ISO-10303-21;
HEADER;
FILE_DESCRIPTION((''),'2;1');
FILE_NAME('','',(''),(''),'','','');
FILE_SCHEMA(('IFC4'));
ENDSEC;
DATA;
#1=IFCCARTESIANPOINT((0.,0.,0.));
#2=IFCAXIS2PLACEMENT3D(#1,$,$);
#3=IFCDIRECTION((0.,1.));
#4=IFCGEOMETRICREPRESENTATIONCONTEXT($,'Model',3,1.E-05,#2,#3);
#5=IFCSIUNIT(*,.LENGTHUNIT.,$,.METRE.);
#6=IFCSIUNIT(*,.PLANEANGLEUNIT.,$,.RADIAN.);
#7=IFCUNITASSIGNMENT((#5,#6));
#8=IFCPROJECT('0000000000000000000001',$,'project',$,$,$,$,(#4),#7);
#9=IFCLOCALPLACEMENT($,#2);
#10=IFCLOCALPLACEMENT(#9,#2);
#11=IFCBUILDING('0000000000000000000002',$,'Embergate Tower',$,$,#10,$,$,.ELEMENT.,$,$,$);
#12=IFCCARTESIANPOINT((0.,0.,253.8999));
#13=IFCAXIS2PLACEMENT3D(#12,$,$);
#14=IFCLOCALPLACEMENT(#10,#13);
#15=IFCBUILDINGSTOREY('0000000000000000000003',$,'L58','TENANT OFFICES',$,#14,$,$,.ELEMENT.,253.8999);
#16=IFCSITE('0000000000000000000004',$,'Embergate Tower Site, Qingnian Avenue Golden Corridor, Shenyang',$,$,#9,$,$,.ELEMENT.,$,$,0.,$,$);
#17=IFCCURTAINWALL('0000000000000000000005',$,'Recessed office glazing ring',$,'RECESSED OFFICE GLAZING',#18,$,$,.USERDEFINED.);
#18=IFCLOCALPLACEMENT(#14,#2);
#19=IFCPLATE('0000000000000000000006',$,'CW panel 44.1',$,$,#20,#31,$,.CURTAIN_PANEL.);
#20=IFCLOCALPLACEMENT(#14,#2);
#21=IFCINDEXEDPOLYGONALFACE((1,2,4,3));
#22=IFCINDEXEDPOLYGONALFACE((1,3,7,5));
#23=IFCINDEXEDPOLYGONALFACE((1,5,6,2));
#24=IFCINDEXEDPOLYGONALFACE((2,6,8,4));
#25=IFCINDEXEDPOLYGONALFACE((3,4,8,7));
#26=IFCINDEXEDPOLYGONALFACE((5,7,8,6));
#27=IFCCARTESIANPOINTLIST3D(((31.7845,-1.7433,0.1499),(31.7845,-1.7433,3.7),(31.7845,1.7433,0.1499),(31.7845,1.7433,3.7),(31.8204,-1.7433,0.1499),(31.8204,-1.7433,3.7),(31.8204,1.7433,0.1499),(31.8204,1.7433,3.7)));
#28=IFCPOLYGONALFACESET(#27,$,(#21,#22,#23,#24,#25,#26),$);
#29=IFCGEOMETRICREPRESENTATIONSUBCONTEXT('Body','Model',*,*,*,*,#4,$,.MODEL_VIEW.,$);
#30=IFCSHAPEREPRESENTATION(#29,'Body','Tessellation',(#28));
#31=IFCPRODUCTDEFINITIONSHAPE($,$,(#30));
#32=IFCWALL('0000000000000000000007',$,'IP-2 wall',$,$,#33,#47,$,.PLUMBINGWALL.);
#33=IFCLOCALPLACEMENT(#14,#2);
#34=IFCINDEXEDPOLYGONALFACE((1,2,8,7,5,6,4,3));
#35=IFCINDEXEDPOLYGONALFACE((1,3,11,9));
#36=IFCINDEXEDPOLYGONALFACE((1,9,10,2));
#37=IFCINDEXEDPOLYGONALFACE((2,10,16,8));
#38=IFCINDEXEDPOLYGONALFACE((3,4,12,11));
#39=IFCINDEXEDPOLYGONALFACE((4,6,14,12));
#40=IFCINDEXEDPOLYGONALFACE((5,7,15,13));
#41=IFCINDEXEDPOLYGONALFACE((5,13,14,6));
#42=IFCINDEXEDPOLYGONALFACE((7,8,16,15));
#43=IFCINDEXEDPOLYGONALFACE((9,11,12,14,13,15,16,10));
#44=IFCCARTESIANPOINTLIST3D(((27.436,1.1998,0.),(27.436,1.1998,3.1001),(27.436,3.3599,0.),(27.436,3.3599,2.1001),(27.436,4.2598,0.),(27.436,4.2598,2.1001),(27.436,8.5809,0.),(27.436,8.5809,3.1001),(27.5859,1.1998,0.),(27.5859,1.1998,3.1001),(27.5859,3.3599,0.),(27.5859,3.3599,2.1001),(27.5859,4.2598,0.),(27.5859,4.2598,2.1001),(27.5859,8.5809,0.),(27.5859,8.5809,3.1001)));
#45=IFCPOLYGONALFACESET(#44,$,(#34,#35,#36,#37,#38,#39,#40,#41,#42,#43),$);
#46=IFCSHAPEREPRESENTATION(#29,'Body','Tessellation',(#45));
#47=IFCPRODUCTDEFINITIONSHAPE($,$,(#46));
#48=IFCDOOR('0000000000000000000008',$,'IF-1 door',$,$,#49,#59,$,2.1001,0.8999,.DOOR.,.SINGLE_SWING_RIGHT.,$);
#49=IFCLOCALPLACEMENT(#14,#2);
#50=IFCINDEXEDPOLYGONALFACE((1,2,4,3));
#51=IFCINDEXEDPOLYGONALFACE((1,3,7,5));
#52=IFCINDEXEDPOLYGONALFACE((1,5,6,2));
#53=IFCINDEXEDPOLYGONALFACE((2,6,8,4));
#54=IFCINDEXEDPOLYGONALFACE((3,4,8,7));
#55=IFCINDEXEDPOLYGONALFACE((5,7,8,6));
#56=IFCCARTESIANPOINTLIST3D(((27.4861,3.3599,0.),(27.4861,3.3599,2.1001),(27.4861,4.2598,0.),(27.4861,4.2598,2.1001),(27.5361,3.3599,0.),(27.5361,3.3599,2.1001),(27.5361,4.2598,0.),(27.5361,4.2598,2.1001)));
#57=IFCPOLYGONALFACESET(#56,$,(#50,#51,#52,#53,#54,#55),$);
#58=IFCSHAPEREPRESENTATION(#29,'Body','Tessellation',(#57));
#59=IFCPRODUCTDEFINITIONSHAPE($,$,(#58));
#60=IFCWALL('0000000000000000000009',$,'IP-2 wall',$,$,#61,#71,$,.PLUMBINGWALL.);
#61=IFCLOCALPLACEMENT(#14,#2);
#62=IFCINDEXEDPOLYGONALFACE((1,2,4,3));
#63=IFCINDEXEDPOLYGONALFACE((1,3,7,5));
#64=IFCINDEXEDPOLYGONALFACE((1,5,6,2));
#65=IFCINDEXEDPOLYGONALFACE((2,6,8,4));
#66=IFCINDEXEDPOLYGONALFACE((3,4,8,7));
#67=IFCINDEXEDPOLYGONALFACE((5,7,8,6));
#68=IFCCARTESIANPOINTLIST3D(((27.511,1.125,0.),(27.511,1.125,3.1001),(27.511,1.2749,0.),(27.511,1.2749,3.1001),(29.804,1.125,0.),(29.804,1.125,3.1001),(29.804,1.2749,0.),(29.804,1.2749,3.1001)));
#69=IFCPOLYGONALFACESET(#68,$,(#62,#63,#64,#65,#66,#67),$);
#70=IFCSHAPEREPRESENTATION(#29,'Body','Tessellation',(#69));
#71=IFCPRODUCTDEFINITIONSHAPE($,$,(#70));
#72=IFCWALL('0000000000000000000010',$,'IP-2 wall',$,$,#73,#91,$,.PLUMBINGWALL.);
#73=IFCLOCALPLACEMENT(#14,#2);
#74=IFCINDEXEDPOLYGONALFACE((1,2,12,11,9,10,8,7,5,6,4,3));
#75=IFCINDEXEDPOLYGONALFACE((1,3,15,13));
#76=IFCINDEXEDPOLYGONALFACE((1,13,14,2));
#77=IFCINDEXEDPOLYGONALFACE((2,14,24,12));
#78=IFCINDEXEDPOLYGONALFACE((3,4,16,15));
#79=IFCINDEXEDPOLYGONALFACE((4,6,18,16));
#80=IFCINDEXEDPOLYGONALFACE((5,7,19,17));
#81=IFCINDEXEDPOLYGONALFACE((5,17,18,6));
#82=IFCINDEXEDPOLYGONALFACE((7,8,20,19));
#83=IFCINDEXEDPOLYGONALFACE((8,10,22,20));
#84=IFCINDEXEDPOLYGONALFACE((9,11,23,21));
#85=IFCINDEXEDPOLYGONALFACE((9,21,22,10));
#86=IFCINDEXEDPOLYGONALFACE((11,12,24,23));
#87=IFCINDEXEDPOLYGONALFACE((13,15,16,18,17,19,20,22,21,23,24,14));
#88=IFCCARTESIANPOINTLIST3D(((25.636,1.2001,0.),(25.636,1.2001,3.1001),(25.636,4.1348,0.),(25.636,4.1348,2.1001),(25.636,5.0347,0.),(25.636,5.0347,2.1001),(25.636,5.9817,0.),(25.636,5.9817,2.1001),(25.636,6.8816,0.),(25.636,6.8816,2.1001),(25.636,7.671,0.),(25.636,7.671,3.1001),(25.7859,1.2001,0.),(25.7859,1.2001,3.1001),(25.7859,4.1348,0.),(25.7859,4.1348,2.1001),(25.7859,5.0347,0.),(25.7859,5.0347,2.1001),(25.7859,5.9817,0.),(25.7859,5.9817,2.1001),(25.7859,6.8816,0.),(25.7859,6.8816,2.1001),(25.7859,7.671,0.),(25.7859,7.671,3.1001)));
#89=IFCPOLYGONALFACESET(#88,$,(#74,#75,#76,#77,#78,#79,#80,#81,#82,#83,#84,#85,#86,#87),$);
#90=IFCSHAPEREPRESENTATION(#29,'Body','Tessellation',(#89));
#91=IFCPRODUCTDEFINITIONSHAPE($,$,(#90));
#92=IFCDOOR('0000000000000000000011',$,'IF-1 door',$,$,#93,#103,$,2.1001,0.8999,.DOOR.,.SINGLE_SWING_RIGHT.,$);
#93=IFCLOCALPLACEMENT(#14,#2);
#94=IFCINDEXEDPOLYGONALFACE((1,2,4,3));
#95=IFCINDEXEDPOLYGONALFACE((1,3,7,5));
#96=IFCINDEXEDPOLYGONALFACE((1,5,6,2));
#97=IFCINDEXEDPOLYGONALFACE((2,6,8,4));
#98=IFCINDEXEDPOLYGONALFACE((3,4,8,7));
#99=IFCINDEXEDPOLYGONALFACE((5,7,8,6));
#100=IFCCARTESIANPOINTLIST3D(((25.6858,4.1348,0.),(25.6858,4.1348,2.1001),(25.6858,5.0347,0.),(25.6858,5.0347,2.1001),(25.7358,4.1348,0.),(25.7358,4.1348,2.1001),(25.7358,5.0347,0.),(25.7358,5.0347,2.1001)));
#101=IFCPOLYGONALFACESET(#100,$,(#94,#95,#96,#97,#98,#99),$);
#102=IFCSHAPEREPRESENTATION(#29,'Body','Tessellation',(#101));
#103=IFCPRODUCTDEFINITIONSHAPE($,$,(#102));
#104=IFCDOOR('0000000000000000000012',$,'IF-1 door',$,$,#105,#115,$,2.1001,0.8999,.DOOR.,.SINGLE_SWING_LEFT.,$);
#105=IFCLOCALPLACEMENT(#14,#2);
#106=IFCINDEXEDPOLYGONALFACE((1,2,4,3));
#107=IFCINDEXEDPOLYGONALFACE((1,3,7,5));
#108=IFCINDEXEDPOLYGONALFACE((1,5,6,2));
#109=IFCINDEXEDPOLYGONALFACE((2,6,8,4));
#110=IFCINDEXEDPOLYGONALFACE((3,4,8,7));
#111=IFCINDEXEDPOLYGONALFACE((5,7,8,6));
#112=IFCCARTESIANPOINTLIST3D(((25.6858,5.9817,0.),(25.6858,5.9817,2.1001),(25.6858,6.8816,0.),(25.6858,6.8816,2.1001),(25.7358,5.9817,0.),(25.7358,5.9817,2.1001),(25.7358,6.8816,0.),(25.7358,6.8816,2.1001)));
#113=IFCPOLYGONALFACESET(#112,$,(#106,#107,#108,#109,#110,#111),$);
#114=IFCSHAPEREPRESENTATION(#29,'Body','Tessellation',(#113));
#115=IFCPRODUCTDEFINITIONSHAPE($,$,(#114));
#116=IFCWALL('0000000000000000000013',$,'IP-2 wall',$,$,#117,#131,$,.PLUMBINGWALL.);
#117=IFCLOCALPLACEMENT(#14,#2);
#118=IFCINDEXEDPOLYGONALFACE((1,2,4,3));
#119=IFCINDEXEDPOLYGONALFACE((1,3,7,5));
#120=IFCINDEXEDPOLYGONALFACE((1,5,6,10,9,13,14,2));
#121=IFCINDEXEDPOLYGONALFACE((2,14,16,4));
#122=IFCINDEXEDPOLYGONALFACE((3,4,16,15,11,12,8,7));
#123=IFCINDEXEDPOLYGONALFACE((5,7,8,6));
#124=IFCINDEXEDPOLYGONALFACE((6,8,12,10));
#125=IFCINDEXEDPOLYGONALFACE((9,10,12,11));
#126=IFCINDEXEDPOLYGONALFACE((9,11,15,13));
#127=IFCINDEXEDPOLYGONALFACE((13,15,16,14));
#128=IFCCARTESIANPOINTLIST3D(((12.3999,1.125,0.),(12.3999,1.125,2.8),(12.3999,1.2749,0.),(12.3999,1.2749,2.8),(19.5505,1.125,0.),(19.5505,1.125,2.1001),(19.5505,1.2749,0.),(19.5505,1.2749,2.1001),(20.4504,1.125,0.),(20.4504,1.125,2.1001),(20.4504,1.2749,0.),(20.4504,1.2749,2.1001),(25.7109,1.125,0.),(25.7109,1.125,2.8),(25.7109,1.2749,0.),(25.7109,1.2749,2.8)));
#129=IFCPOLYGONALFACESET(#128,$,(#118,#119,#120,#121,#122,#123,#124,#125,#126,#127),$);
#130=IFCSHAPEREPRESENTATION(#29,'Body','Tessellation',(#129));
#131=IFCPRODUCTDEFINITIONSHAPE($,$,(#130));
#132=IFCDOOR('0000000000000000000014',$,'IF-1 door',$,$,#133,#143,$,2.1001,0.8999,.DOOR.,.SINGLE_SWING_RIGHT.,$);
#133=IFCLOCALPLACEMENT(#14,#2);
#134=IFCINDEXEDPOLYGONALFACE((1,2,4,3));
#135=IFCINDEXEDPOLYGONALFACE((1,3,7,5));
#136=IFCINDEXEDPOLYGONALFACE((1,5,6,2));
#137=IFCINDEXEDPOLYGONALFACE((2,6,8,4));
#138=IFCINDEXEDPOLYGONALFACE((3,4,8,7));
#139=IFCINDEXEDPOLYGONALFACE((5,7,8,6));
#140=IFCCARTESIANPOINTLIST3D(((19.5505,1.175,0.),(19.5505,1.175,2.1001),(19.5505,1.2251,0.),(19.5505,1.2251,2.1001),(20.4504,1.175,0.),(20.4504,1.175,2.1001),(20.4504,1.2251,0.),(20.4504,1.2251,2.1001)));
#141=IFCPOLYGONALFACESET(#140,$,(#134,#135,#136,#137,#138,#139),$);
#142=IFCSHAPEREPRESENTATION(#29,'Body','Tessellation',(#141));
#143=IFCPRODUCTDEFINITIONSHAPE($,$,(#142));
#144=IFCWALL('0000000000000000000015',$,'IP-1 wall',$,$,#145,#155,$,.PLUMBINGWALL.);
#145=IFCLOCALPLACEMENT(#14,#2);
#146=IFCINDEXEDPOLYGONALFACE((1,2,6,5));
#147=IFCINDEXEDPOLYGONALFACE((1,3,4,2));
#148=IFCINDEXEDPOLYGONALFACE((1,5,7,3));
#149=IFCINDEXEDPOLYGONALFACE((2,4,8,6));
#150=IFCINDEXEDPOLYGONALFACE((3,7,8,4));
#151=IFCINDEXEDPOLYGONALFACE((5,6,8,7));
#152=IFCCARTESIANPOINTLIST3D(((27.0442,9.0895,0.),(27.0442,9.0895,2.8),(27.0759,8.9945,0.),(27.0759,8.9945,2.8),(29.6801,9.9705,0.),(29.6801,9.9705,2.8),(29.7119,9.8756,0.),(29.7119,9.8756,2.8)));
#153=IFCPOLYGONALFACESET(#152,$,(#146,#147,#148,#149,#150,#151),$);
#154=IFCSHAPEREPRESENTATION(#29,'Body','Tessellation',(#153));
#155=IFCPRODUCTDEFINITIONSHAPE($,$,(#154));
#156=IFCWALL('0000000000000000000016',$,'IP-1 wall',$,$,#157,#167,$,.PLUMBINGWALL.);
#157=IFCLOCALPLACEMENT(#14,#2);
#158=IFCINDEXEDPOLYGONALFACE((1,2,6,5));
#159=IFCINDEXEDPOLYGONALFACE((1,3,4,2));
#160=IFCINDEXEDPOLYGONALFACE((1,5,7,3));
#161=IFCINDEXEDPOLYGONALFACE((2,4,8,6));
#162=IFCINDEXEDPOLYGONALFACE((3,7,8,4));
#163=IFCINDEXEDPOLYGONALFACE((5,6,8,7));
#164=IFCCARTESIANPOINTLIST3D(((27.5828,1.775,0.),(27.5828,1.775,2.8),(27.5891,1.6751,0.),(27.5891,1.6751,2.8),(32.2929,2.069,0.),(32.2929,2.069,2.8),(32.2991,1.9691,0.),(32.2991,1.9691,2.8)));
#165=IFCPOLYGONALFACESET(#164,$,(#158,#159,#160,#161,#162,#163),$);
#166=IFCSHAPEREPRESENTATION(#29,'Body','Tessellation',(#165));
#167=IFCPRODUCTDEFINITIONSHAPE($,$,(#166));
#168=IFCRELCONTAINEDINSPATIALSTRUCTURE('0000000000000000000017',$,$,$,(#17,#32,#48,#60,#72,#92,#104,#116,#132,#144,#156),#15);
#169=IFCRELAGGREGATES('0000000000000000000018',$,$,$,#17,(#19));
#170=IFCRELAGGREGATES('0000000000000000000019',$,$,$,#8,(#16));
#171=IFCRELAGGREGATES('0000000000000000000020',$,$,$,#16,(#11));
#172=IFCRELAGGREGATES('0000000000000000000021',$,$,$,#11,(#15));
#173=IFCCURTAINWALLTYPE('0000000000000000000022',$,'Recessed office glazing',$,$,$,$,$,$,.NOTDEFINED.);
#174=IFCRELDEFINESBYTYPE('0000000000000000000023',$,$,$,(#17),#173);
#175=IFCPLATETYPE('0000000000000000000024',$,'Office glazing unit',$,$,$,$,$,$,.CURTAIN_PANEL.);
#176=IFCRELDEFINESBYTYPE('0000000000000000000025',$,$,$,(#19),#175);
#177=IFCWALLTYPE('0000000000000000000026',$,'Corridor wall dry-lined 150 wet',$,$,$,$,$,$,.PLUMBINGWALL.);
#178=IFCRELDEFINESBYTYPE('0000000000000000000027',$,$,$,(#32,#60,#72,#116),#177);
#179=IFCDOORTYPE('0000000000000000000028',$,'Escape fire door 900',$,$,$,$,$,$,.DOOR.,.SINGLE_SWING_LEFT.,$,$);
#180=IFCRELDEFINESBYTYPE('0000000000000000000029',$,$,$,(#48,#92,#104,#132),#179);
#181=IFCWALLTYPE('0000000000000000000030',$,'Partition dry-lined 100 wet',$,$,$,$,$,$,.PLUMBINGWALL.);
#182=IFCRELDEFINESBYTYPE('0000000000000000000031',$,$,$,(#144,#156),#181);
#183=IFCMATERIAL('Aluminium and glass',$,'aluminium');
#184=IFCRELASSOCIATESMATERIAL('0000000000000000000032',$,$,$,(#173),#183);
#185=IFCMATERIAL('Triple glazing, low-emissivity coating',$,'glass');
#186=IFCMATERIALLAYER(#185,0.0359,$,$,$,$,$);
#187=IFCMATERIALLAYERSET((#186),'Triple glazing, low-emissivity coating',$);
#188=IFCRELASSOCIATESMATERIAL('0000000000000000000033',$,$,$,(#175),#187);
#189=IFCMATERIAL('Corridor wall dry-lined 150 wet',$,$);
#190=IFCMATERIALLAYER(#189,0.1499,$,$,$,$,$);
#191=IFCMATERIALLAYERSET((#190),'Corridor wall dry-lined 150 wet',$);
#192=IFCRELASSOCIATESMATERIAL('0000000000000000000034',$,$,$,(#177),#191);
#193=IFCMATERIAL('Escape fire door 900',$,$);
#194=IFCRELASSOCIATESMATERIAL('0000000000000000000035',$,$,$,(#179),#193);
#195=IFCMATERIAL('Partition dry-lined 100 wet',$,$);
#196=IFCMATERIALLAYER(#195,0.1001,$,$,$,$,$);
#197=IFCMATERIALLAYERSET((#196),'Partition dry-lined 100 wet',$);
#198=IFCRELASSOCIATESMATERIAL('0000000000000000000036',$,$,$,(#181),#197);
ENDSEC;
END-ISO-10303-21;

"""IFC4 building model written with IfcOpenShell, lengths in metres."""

from ifc_helpers import new_model, si_unit, direction, frame, frame_2d, origin, origin_2d, place, context, subcontext, project, spatial, rectangle, extrude, source, transform, mapped, material, layer, layer_set, type_object, element, fill, aggregate, save


model = new_model("IFC4")

# Units and contexts
model_context = context("Model", 3, precision=1e-05, world=origin(), true_north=direction((0.0, 1.0)))
body_context = subcontext(model_context, "Body", "Model", "MODEL_VIEW")
ifc_project = project(units=[si_unit("LENGTHUNIT", "METRE"), si_unit("PLANEANGLEUNIT", "RADIAN")], contexts=[model_context])

# Site, building, storey
site_placement = place(None, origin())
site = spatial("IfcSite", under=ifc_project, at=site_placement, Name="Embergate Tower Site, Qingnian Avenue Golden Corridor, Shenyang", CompositionType="ELEMENT", RefElevation=0.0)
building_placement = place(site_placement, origin())
building = spatial("IfcBuilding", under=site, at=building_placement, Name="Embergate Tower", CompositionType="ELEMENT")
storey_placement = place(building_placement, frame((0.0, 0.0, 253.8999)))
storey = spatial("IfcBuildingStorey", under=building, at=storey_placement, Name="L58", Description="TENANT OFFICES", CompositionType="ELEMENT", Elevation=253.8999)

# Curtain wall, plate
ifc_material_1 = material(Name="Aluminium and glass", Category="aluminium")
curtain_wall_type = type_object("IfcCurtainWallType", Name="Recessed office glazing", PredefinedType="NOTDEFINED", material=ifc_material_1)
curtain_wall_placement = place(storey_placement, origin())
curtain_wall = element("IfcCurtainWall", 1, at=curtain_wall_placement, inside=storey, type_object=curtain_wall_type, Name="Recessed office glazing ring", ObjectType="RECESSED OFFICE GLAZING", PredefinedType="USERDEFINED")
ifc_material_2 = material(Name="Triple glazing, low-emissivity coating", Category="glass")
ifc_layer_1 = layer(ifc_material_2, 0.0359)
ifc_layer_set_1 = layer_set([ifc_layer_1], Name="Triple glazing, low-emissivity coating")
plate_type = type_object("IfcPlateType", Name="Office glazing unit", PredefinedType="CURTAIN_PANEL", material=ifc_layer_set_1)
shared_shape_1 = source(origin(), body_context, "Body", "SweptSolid", [
    extrude(rectangle(XDim=3.4866, YDim=0.0359, at=origin_2d()), origin(), (0.0, 0.0, 1.0), 3.55),
])
plate_1_placement = place(storey_placement, frame((31.8025, 0.0, 0.1499), z_axis=(0.0, 0.0, 1.0), x_axis=(0.0, 1.0, 0.0)))
plate_1 = element("IfcPlate", 2, at=plate_1_placement, type_object=plate_type, Name="CW panel 44.1", PredefinedType="CURTAIN_PANEL", context=body_context, shape_type="MappedRepresentation", body=[
    mapped(shared_shape_1, transform((0.0, 0.0, 0.0))),
])
aggregate(curtain_wall, [plate_1])

# Wall, opening, door
ifc_material_3 = material(Name="Corridor wall dry-lined 150 wet")
ifc_layer_2 = layer(ifc_material_3, 0.1499)
ifc_layer_set_2 = layer_set([ifc_layer_2], Name="Corridor wall dry-lined 150 wet")
wall_type_1 = type_object("IfcWallType", Name="Corridor wall dry-lined 150 wet", PredefinedType="PLUMBINGWALL", material=ifc_layer_set_2)
shared_shape_2 = source(origin(), body_context, "Body", "SweptSolid", [
    extrude(rectangle(XDim=7.3811, YDim=0.1499, at=frame_2d((3.6904, 0.0))), origin(), (0.0, 0.0, 1.0), 3.1001),
])
wall_1_placement = place(storey_placement, frame((27.511, 1.2, 0.0), z_axis=(0.0, 0.0, 1.0), x_axis=(0.0, 1.0, 0.0)))
wall_1 = element("IfcWall", 3, at=wall_1_placement, inside=storey, type_object=wall_type_1, Name="IP-2 wall", PredefinedType="PLUMBINGWALL", context=body_context, shape_type="MappedRepresentation", body=[
    mapped(shared_shape_2, transform((0.0, 0.0, 0.0))),
])
shared_shape_3 = source(origin(), body_context, "Body", "SweptSolid", [
    extrude(rectangle(XDim=0.8999, YDim=2.1001, at=frame_2d((0.45, 1.05))), frame((0.0, 0.085, 0.0), z_axis=(0.0, -1.0, 0.0), x_axis=(1.0, 0.0, 0.0)), (0.0, 0.0, 1.0), 0.1699),
])
opening_1_placement = place(wall_1_placement, frame((2.1599, 0.0, 0.0)))
opening_1 = element("IfcOpeningElement", 4, at=opening_1_placement, cuts=wall_1, PredefinedType="OPENING", context=body_context, shape_type="MappedRepresentation", body=[
    mapped(shared_shape_3, transform((0.0, 0.0, 0.0))),
])
ifc_material_4 = material(Name="Escape fire door 900")
door_type = type_object("IfcDoorType", Name="Escape fire door 900", OperationType="SINGLE_SWING_LEFT", PredefinedType="DOOR", material=ifc_material_4)
shared_shape_4 = source(origin(), body_context, "Body", "SweptSolid", [
    extrude(rectangle(XDim=0.8999, YDim=2.1001, at=frame_2d((0.45, 1.05))), frame((0.0, 0.0249, 0.0), z_axis=(0.0, -1.0, 0.0), x_axis=(1.0, 0.0, 0.0)), (0.0, 0.0, 1.0), 0.05),
])
door_1_placement = place(opening_1_placement, origin())
door_1 = element("IfcDoor", 5, at=door_1_placement, inside=storey, type_object=door_type, Name="IF-1 door", OperationType="SINGLE_SWING_RIGHT", OverallHeight=2.1001, OverallWidth=0.8999, PredefinedType="DOOR", context=body_context, shape_type="MappedRepresentation", body=[
    mapped(shared_shape_4, transform((0.0, 0.0, 0.0))),
])
fill(opening_1, door_1)

# Wall
shared_shape_5 = source(origin(), body_context, "Body", "SweptSolid", [
    extrude(rectangle(XDim=2.293, YDim=0.1499, at=frame_2d((1.1465, 0.0))), origin(), (0.0, 0.0, 1.0), 3.1001),
])
wall_2_placement = place(storey_placement, frame((29.804, 1.2, 0.0), z_axis=(0.0, 0.0, 1.0), x_axis=(-1.0, 0.0, 0.0)))
element("IfcWall", 6, at=wall_2_placement, inside=storey, type_object=wall_type_1, Name="IP-2 wall", PredefinedType="PLUMBINGWALL", context=body_context, shape_type="MappedRepresentation", body=[
    mapped(shared_shape_5, transform((0.0, 0.0, 0.0))),
])

# Wall, openings, doors
shared_shape_6 = source(origin(), body_context, "Body", "SweptSolid", [
    extrude(rectangle(XDim=6.4709, YDim=0.1499, at=frame_2d((3.2354, 0.0))), origin(), (0.0, 0.0, 1.0), 3.1001),
])
wall_3_placement = place(storey_placement, frame((25.7109, 7.6709, 0.0), z_axis=(0.0, 0.0, 1.0), x_axis=(0.0, -1.0, 0.0)))
wall_3 = element("IfcWall", 7, at=wall_3_placement, inside=storey, type_object=wall_type_1, Name="IP-2 wall", PredefinedType="PLUMBINGWALL", context=body_context, shape_type="MappedRepresentation", body=[
    mapped(shared_shape_6, transform((0.0, 0.0, 0.0))),
])
opening_2_placement = place(wall_3_placement, frame((2.6362, 0.0, 0.0)))
opening_2 = element("IfcOpeningElement", 8, at=opening_2_placement, cuts=wall_3, PredefinedType="OPENING", context=body_context, shape_type="MappedRepresentation", body=[
    mapped(shared_shape_3, transform((0.0, 0.0, 0.0))),
])
opening_3_placement = place(wall_3_placement, frame((0.7893, 0.0, 0.0)))
opening_3 = element("IfcOpeningElement", 9, at=opening_3_placement, cuts=wall_3, PredefinedType="OPENING", context=body_context, shape_type="MappedRepresentation", body=[
    mapped(shared_shape_3, transform((0.0, 0.0, 0.0))),
])
door_2_placement = place(opening_2_placement, origin())
door_2 = element("IfcDoor", 10, at=door_2_placement, inside=storey, type_object=door_type, Name="IF-1 door", OperationType="SINGLE_SWING_RIGHT", OverallHeight=2.1001, OverallWidth=0.8999, PredefinedType="DOOR", context=body_context, shape_type="MappedRepresentation", body=[
    mapped(shared_shape_4, transform((0.0, 0.0, 0.0))),
])
fill(opening_2, door_2)
door_3_placement = place(opening_3_placement, origin())
door_3 = element("IfcDoor", 11, at=door_3_placement, inside=storey, type_object=door_type, Name="IF-1 door", OperationType="SINGLE_SWING_LEFT", OverallHeight=2.1001, OverallWidth=0.8999, PredefinedType="DOOR", context=body_context, shape_type="MappedRepresentation", body=[
    mapped(shared_shape_4, transform((0.0, 0.0, 0.0))),
])
fill(opening_3, door_3)

# Wall, opening, door
shared_shape_7 = source(origin(), body_context, "Body", "SweptSolid", [
    extrude(rectangle(XDim=13.311, YDim=0.1499, at=frame_2d((6.6555, 0.0))), origin(), (0.0, 0.0, 1.0), 2.8),
])
wall_4_placement = place(storey_placement, frame((25.7109, 1.2, 0.0), z_axis=(0.0, 0.0, 1.0), x_axis=(-1.0, 0.0, 0.0)))
wall_4 = element("IfcWall", 12, at=wall_4_placement, inside=storey, type_object=wall_type_1, Name="IP-2 wall", PredefinedType="PLUMBINGWALL", context=body_context, shape_type="MappedRepresentation", body=[
    mapped(shared_shape_7, transform((0.0, 0.0, 0.0))),
])
opening_4_placement = place(wall_4_placement, frame((5.2605, 0.0, 0.0)))
opening_4 = element("IfcOpeningElement", 13, at=opening_4_placement, cuts=wall_4, PredefinedType="OPENING", context=body_context, shape_type="MappedRepresentation", body=[
    mapped(shared_shape_3, transform((0.0, 0.0, 0.0))),
])
door_4_placement = place(opening_4_placement, origin())
door_4 = element("IfcDoor", 14, at=door_4_placement, inside=storey, type_object=door_type, Name="IF-1 door", OperationType="SINGLE_SWING_RIGHT", OverallHeight=2.1001, OverallWidth=0.8999, PredefinedType="DOOR", context=body_context, shape_type="MappedRepresentation", body=[
    mapped(shared_shape_4, transform((0.0, 0.0, 0.0))),
])
fill(opening_4, door_4)

# Walls
ifc_material_5 = material(Name="Partition dry-lined 100 wet")
ifc_layer_3 = layer(ifc_material_5, 0.1001)
ifc_layer_set_3 = layer_set([ifc_layer_3], Name="Partition dry-lined 100 wet")
wall_type_2 = type_object("IfcWallType", Name="Partition dry-lined 100 wet", PredefinedType="PLUMBINGWALL", material=ifc_layer_set_3)
shared_shape_8 = source(origin(), body_context, "Body", "SweptSolid", [
    extrude(rectangle(XDim=2.7793, YDim=0.1001, at=frame_2d((1.3896, 0.0))), origin(), (0.0, 0.0, 1.0), 2.8),
])
wall_5_placement = place(storey_placement, frame((27.0601, 9.042, 0.0), z_axis=(0.0, 0.0, 1.0), x_axis=(0.948419, 0.317018, 0.0)))
element("IfcWall", 15, at=wall_5_placement, inside=storey, type_object=wall_type_2, Name="IP-1 wall", PredefinedType="PLUMBINGWALL", context=body_context, shape_type="MappedRepresentation", body=[
    mapped(shared_shape_8, transform((0.0, 0.0, 0.0))),
])
shared_shape_9 = source(origin(), body_context, "Body", "SweptSolid", [
    extrude(rectangle(XDim=4.7192, YDim=0.1001, at=frame_2d((2.3596, 0.0))), origin(), (0.0, 0.0, 1.0), 2.8),
])
wall_6_placement = place(storey_placement, frame((27.5859, 1.7251, 0.0), z_axis=(0.0, 0.0, 1.0), x_axis=(0.998058, 0.062288, 0.0)))
element("IfcWall", 16, at=wall_6_placement, inside=storey, type_object=wall_type_2, Name="IP-1 wall", PredefinedType="PLUMBINGWALL", context=body_context, shape_type="MappedRepresentation", body=[
    mapped(shared_shape_9, transform((0.0, 0.0, 0.0))),
])

save(model, "model.ifc")
